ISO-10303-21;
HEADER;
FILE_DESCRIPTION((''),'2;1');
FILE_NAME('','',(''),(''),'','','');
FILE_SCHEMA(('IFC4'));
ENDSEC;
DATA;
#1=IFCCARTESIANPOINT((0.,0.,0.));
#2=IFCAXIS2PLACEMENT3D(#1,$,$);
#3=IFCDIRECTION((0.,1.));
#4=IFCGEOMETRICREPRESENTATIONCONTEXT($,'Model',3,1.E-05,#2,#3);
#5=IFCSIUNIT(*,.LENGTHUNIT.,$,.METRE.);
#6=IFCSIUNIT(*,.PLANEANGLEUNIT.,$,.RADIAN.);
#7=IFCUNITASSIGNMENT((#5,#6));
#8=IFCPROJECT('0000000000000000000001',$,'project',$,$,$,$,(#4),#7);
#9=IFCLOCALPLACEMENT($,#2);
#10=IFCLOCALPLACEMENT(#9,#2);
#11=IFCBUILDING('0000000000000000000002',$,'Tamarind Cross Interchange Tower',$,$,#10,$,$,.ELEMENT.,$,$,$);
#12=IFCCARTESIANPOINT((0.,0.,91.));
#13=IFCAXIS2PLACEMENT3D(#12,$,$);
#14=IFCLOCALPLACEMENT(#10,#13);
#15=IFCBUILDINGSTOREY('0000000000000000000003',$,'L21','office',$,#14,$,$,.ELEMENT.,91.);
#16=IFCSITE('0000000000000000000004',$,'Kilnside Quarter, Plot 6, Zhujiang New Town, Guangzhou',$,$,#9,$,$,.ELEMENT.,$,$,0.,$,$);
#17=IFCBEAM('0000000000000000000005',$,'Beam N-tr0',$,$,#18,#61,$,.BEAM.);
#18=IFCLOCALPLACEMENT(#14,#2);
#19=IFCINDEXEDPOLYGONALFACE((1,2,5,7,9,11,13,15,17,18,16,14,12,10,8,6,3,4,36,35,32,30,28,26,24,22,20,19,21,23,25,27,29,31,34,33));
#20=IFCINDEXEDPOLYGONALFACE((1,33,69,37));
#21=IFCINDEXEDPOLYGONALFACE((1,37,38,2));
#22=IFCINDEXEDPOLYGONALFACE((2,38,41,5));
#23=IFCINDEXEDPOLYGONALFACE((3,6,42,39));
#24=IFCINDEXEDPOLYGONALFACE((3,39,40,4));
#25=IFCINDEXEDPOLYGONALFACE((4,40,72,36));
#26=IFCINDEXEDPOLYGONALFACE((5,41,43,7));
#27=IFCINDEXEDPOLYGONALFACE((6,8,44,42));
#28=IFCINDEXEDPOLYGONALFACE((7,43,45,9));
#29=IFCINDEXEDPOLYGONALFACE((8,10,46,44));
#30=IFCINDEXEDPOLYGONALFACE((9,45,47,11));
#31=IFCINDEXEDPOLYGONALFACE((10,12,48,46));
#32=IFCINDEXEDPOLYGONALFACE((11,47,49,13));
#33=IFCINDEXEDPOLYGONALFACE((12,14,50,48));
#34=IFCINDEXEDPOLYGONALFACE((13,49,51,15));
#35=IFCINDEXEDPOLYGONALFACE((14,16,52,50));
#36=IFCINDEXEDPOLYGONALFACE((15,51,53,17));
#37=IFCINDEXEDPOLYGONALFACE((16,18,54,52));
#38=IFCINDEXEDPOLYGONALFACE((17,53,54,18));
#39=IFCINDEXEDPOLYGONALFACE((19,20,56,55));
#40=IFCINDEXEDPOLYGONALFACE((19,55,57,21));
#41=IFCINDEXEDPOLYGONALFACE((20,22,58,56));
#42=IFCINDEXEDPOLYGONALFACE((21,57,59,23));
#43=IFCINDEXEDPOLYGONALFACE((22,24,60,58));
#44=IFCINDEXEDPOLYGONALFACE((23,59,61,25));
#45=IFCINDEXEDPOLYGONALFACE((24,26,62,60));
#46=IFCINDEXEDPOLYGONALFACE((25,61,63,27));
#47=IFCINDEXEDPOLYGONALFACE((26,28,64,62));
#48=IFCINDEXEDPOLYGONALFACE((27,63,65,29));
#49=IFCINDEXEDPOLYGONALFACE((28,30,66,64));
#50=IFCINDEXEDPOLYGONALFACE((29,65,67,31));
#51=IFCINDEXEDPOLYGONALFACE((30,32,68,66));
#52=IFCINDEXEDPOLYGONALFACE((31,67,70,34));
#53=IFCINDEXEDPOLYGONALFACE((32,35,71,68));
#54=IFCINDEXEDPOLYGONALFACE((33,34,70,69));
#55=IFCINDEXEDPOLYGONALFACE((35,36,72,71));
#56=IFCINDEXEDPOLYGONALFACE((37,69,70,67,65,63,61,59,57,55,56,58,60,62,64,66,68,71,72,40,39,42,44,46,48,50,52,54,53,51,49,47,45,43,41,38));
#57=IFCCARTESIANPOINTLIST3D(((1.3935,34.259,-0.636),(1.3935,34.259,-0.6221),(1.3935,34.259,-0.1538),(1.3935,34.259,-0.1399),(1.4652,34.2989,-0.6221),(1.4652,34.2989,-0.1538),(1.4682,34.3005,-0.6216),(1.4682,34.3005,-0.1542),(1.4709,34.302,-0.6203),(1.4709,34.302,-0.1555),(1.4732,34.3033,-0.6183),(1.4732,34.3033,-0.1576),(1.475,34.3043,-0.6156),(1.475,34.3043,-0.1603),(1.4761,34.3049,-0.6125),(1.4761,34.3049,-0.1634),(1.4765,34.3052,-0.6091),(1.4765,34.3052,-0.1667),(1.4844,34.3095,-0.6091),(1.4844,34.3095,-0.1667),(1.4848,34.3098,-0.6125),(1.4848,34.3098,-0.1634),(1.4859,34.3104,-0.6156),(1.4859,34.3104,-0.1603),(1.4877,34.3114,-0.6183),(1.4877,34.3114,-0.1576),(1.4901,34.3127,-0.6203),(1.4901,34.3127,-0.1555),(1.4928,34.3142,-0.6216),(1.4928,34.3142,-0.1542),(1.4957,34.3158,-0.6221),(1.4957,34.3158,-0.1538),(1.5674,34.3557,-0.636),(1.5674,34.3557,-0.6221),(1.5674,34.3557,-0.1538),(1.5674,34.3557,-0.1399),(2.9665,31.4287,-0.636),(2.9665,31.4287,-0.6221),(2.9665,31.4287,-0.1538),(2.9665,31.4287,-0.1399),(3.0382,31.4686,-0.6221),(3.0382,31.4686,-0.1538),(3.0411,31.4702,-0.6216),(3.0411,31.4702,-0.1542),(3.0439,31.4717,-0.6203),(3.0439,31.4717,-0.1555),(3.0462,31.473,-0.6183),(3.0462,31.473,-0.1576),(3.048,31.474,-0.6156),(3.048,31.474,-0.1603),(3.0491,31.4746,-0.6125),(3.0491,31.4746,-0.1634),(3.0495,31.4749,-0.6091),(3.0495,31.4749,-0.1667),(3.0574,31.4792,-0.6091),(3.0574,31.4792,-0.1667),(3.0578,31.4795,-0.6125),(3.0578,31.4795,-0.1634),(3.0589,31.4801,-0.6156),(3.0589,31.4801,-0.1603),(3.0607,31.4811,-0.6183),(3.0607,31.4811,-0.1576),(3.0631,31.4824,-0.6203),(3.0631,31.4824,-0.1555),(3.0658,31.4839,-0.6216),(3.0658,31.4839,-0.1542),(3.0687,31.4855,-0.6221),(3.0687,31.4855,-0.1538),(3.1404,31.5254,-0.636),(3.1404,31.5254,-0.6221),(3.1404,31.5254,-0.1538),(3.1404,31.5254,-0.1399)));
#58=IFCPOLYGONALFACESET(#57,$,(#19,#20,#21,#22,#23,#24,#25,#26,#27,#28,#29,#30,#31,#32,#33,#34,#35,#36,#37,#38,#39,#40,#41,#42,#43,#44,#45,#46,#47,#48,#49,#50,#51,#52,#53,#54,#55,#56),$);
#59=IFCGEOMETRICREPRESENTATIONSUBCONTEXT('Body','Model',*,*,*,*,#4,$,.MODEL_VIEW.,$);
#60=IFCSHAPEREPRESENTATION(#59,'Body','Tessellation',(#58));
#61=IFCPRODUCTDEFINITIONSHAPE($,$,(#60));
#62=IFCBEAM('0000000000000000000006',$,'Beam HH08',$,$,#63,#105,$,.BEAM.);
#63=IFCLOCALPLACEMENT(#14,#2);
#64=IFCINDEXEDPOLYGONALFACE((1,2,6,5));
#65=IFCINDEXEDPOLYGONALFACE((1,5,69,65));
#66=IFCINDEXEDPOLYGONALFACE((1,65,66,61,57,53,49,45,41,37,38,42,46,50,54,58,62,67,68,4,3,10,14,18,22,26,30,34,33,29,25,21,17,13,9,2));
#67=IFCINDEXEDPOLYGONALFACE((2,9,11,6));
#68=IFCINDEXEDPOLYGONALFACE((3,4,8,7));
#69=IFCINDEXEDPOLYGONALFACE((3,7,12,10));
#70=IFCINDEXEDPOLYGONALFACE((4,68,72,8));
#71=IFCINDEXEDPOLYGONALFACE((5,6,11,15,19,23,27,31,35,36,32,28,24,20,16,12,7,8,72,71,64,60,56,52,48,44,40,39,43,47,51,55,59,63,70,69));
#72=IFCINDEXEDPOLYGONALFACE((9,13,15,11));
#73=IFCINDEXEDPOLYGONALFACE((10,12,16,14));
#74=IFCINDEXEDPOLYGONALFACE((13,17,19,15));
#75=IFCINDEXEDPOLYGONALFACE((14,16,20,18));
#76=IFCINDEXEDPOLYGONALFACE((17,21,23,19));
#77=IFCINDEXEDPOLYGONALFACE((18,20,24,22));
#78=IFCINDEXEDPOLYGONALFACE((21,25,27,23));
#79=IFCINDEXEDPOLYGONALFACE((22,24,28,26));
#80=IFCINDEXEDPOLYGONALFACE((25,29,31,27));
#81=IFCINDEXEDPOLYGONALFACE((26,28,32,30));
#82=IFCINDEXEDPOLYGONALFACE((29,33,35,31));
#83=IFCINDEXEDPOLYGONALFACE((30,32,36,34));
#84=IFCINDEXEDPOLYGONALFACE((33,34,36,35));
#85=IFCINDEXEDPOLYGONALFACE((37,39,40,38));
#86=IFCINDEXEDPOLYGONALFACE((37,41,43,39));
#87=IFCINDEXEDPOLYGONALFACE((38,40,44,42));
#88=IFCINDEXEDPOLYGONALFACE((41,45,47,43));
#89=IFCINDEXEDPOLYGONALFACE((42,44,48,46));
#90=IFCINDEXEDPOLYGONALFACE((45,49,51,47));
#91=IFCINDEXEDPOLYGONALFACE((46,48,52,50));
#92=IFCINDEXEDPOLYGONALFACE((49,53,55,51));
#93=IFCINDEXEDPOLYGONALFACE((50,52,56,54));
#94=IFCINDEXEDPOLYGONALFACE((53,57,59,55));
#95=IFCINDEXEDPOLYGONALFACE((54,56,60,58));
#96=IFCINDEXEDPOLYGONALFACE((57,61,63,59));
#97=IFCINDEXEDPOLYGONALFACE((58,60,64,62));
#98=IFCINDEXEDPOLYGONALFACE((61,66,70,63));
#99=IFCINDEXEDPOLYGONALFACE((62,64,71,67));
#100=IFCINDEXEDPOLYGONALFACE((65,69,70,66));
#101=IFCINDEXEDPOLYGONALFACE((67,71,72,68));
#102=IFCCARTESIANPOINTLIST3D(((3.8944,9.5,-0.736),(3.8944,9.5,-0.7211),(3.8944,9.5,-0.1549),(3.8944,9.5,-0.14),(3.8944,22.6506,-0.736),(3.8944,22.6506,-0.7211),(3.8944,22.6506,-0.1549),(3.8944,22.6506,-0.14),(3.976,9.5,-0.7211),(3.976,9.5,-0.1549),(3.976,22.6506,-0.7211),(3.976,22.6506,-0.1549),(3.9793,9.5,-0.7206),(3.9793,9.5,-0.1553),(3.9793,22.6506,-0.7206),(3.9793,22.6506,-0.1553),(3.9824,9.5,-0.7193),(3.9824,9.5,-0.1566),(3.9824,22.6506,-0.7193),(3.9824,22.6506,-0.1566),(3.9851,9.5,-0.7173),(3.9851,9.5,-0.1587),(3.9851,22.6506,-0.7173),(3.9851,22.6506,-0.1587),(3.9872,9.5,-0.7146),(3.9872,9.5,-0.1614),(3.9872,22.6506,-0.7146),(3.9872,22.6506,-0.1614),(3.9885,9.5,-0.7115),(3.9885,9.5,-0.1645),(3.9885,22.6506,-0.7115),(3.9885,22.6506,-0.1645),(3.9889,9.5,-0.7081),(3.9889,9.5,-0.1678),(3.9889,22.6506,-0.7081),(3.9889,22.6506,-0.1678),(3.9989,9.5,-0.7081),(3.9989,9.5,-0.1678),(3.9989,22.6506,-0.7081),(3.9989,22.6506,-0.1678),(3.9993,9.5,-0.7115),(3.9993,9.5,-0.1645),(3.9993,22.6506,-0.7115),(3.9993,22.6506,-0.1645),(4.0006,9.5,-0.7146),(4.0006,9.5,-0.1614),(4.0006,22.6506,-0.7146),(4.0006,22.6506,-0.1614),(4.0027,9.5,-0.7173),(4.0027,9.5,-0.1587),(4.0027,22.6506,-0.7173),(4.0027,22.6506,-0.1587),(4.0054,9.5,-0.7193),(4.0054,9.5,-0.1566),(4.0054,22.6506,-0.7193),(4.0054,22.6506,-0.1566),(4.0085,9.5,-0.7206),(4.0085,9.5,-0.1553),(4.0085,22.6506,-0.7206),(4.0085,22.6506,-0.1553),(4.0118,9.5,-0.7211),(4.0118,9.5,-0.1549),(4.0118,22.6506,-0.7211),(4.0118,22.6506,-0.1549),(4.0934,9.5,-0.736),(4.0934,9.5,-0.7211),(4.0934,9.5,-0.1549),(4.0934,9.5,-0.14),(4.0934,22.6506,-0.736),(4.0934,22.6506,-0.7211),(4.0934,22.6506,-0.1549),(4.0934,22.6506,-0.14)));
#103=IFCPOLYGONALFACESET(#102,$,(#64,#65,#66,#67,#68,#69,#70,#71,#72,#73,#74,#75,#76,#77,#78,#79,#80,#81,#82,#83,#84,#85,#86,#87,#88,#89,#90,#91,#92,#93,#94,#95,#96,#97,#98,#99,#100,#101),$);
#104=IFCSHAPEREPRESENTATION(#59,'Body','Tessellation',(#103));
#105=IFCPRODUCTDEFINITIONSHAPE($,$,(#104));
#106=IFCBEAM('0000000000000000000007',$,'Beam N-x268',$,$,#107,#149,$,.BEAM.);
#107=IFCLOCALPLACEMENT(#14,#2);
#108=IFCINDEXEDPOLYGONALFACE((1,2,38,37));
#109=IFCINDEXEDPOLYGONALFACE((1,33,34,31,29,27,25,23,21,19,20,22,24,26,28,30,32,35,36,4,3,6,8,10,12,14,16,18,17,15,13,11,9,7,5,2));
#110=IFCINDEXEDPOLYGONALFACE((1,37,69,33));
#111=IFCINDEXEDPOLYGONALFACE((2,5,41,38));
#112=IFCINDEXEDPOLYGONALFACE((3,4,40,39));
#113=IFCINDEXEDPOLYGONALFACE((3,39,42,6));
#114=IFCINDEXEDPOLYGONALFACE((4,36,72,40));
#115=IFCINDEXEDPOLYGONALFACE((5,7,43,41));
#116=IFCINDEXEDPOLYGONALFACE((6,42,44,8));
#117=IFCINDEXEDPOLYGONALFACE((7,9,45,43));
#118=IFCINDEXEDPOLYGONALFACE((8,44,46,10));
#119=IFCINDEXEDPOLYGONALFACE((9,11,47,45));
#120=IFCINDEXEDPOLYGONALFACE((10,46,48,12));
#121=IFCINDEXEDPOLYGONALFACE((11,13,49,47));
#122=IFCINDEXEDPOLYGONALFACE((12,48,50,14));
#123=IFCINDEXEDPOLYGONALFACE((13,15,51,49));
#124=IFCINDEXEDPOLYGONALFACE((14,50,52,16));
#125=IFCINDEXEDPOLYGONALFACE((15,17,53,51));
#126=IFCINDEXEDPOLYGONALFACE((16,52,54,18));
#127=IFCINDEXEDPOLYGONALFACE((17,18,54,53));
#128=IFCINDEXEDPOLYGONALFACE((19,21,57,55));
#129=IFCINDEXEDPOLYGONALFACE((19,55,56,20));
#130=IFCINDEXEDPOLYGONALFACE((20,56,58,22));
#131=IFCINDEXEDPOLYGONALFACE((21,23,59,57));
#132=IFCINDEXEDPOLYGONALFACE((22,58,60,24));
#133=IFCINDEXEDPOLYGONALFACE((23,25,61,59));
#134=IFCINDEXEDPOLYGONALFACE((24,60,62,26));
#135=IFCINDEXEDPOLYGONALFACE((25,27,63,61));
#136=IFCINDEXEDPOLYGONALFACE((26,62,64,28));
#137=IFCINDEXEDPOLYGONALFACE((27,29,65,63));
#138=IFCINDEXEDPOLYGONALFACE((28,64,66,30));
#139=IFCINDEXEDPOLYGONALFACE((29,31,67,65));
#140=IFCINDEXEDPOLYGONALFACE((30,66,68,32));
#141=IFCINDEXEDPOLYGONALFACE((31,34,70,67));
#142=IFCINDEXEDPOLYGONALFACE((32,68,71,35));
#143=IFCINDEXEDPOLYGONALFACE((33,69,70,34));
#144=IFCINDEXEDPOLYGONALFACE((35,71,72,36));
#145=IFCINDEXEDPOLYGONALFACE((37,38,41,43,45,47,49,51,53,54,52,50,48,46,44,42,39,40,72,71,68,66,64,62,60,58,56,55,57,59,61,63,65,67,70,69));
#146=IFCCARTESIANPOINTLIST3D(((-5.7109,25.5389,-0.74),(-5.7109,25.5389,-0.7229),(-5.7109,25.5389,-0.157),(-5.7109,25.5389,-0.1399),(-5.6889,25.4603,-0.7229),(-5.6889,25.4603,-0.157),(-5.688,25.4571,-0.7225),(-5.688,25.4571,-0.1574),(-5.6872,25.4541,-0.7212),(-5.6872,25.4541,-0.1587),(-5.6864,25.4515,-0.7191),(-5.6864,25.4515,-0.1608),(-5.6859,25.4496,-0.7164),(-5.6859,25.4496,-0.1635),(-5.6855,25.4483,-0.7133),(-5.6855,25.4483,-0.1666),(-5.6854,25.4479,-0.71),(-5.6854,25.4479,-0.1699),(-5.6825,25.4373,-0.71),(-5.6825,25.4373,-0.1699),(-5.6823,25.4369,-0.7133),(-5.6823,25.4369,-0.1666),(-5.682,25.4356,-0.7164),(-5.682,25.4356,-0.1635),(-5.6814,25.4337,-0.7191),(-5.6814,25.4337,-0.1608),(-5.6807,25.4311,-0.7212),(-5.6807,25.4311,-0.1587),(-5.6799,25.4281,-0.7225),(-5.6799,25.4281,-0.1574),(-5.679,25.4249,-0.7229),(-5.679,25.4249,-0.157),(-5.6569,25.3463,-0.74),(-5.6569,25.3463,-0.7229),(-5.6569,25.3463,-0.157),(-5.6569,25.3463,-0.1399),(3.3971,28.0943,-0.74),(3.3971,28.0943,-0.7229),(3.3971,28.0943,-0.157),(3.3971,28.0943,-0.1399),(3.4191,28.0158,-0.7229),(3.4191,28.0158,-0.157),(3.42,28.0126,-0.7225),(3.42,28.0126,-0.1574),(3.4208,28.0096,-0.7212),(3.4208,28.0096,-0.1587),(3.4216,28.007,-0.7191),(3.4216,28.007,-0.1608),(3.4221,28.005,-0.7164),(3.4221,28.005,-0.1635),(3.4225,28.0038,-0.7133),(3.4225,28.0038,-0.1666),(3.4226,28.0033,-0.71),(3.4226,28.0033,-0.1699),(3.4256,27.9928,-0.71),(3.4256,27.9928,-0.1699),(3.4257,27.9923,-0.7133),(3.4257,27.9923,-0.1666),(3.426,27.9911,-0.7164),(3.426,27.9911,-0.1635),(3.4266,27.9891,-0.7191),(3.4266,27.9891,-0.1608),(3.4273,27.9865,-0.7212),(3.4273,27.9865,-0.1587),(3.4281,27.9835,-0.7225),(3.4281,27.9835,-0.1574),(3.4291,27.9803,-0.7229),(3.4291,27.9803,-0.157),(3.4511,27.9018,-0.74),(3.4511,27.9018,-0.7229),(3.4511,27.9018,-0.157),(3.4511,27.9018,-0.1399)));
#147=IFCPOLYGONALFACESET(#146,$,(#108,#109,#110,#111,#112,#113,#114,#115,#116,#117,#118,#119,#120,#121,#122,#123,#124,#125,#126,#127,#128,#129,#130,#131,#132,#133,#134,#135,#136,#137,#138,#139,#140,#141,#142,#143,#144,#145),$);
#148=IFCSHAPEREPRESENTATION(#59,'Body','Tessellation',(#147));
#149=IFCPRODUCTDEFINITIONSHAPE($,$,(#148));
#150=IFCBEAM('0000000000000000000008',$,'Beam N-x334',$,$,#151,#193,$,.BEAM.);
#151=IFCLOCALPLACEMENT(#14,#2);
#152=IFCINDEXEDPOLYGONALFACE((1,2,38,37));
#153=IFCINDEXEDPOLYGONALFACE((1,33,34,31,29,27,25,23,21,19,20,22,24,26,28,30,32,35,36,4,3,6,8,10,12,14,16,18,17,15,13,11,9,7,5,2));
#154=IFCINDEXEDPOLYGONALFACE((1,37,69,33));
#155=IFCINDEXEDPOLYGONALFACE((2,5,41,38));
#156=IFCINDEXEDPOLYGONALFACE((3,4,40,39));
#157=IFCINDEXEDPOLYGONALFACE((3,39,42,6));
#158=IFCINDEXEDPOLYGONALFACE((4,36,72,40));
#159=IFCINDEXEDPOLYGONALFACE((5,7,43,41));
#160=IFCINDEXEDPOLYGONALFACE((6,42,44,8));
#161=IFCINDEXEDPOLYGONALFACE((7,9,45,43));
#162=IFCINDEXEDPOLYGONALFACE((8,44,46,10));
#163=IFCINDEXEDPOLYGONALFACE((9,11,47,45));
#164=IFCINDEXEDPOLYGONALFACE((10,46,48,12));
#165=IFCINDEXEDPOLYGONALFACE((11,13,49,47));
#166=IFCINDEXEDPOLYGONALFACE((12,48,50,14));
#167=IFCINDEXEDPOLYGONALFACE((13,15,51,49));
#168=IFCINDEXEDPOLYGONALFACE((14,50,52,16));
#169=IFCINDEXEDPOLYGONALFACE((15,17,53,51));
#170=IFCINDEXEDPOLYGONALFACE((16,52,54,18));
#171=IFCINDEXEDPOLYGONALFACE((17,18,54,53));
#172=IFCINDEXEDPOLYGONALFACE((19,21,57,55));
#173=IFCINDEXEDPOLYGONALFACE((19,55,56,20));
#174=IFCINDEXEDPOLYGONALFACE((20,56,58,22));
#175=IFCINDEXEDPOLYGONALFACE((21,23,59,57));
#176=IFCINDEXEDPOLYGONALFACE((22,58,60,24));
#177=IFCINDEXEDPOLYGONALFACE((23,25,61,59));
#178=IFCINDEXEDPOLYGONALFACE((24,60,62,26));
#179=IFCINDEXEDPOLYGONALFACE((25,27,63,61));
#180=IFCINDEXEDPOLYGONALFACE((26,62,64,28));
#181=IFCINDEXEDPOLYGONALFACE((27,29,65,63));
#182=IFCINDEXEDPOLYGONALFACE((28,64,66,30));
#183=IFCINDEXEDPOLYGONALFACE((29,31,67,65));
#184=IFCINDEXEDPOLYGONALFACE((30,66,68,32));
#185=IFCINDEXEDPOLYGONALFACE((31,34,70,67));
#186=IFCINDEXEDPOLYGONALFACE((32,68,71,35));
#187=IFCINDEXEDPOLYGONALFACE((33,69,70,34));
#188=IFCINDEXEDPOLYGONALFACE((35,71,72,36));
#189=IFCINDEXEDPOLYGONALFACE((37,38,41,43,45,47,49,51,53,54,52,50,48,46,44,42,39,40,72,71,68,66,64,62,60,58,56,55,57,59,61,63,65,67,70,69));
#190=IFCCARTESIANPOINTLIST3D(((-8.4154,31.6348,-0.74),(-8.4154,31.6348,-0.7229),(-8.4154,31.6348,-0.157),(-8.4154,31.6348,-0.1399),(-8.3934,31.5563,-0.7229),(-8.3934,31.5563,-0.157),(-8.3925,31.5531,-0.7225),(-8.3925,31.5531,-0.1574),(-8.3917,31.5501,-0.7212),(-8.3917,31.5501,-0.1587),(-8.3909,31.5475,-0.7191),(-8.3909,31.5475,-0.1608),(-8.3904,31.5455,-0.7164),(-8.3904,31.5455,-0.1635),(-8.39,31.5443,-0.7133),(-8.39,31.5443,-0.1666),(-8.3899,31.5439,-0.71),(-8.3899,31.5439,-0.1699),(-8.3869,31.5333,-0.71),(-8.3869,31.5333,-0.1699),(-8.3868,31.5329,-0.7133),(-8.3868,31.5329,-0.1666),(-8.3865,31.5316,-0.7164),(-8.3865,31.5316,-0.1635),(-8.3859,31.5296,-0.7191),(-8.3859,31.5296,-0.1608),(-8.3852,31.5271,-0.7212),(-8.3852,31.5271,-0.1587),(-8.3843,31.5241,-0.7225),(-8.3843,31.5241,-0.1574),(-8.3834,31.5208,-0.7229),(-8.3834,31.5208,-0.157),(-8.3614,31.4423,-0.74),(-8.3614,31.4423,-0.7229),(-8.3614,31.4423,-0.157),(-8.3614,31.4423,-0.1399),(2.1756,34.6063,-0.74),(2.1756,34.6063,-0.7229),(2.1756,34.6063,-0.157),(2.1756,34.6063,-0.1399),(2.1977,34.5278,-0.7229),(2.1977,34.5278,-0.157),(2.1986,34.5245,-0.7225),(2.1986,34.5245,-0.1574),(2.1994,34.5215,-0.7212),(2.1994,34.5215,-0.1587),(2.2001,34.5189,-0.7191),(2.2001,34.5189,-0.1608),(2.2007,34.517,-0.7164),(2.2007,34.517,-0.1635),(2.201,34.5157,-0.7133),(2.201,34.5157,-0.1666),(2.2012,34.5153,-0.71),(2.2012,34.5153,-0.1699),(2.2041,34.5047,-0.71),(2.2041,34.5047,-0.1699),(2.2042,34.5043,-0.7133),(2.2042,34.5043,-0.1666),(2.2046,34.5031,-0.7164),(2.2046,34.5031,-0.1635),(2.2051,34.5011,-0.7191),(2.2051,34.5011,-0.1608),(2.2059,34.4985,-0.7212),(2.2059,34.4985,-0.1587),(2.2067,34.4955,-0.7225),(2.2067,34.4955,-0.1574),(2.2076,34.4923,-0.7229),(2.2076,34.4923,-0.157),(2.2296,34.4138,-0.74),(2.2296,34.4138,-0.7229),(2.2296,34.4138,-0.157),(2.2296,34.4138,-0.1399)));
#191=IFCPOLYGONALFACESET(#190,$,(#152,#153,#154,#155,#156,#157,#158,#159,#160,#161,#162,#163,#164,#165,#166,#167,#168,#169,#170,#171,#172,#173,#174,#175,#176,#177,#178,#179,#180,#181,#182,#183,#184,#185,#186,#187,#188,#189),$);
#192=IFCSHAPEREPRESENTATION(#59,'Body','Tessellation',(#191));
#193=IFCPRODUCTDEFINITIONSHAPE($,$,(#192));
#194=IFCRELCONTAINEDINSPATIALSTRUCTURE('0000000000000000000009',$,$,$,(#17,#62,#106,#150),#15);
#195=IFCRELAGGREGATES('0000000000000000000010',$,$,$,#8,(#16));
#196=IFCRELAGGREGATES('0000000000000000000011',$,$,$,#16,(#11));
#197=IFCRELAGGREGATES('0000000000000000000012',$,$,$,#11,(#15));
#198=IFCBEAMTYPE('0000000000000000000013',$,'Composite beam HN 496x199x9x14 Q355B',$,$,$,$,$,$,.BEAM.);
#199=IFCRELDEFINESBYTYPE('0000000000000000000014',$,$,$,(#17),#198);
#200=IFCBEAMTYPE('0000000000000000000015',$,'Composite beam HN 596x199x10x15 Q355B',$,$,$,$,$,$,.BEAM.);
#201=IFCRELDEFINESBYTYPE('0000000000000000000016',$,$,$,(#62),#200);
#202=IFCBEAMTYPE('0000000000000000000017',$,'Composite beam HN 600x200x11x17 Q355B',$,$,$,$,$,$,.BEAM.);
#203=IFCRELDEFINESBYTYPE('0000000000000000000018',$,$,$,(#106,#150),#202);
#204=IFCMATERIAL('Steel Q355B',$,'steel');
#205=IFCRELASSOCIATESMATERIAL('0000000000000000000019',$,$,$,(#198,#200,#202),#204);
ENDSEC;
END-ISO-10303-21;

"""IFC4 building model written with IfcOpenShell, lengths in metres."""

from ifc_helpers import new_model, si_unit, direction, frame, origin, origin_2d, place, context, subcontext, project, spatial, i_section, extrude, material, material_profile, profile_set, type_object, element, save


model = new_model("IFC4")

# Units and contexts
model_context = context("Model", 3, precision=1e-05, world=origin(), true_north=direction((0.0, 1.0)))
body_context = subcontext(model_context, "Body", "Model", "MODEL_VIEW")
ifc_project = project(units=[si_unit("LENGTHUNIT", "METRE"), si_unit("PLANEANGLEUNIT", "RADIAN")], contexts=[model_context])

# Site, building, storey
site_placement = place(None, origin())
site = spatial("IfcSite", under=ifc_project, at=site_placement, Name="Kilnside Quarter, Plot 6, Zhujiang New Town, Guangzhou", CompositionType="ELEMENT", RefElevation=0.0)
building_placement = place(site_placement, origin())
building = spatial("IfcBuilding", under=site, at=building_placement, Name="Tamarind Cross Interchange Tower", CompositionType="ELEMENT")
storey_placement = place(building_placement, frame((0.0, 0.0, 91.0)))
storey = spatial("IfcBuildingStorey", under=building, at=storey_placement, Name="L21", Description="office", CompositionType="ELEMENT", Elevation=91.0)

# Beams
ifc_material_1 = material(Name="Steel Q355B", Category="steel")
ifc_material_profile_1 = material_profile(ifc_material_1, i_section(OverallWidth=0.199, OverallDepth=0.4961, WebThickness=0.009, FlangeThickness=0.0139, FilletRadius=0.0129, at=origin_2d()), Name="HN 496x199x9x14")
ifc_profile_set_1 = profile_set([ifc_material_profile_1], Name="Steel Q355B")
beam_type_1 = type_object("IfcBeamType", Name="Composite beam HN 496x199x9x14 Q355B", PredefinedType="BEAM", material=ifc_profile_set_1)
beam_1_placement = place(storey_placement, frame((3.0535, 31.4771, -0.3879), z_axis=(-0.485784, 0.874079, 0.0), x_axis=(-0.874079, -0.485784, 0.0)))
element("IfcBeam", 1, at=beam_1_placement, inside=storey, type_object=beam_type_1, Name="Beam N-tr0", PredefinedType="BEAM", context=body_context, shape_type="SweptSolid", body=[
    extrude(i_section(OverallWidth=0.199, OverallDepth=0.4961, WebThickness=0.009, FlangeThickness=0.0139, FilletRadius=0.0129, at=origin_2d()), origin(), (0.0, 0.0, 1.0), 3.238),
])
ifc_material_profile_2 = material_profile(ifc_material_1, i_section(OverallWidth=0.199, OverallDepth=0.5959, WebThickness=0.01, FlangeThickness=0.0149, FilletRadius=0.0129, at=origin_2d()), Name="HN 596x199x10x15")
ifc_profile_set_2 = profile_set([ifc_material_profile_2], Name="Steel Q355B")
beam_type_2 = type_object("IfcBeamType", Name="Composite beam HN 596x199x10x15 Q355B", PredefinedType="BEAM", material=ifc_profile_set_2)
beam_2_placement = place(storey_placement, frame((3.9939, 22.6506, -0.438), z_axis=(0.0, -1.0, 0.0), x_axis=(1.0, 0.0, 0.0)))
element("IfcBeam", 2, at=beam_2_placement, inside=storey, type_object=beam_type_2, Name="Beam HH08", PredefinedType="BEAM", context=body_context, shape_type="SweptSolid", body=[
    extrude(i_section(OverallWidth=0.199, OverallDepth=0.5959, WebThickness=0.01, FlangeThickness=0.0149, FilletRadius=0.0129, at=origin_2d()), origin(), (0.0, 0.0, 1.0), 13.1506),
])
ifc_material_profile_3 = material_profile(ifc_material_1, i_section(OverallWidth=0.2, OverallDepth=0.6001, WebThickness=0.011, FlangeThickness=0.0171, FilletRadius=0.0129, at=origin_2d()), Name="HN 600x200x11x17")
ifc_profile_set_3 = profile_set([ifc_material_profile_3], Name="Steel Q355B")
beam_type_3 = type_object("IfcBeamType", Name="Composite beam HN 600x200x11x17 Q355B", PredefinedType="BEAM", material=ifc_profile_set_3)
beam_3_placement = place(storey_placement, frame((3.4241, 27.998, -0.4399), z_axis=(-0.962821, -0.27014, 0.0), x_axis=(0.27014, -0.962821, 0.0)))
element("IfcBeam", 3, at=beam_3_placement, inside=storey, type_object=beam_type_3, Name="Beam N-x268", PredefinedType="BEAM", context=body_context, shape_type="SweptSolid", body=[
    extrude(i_section(OverallWidth=0.2, OverallDepth=0.6001, WebThickness=0.011, FlangeThickness=0.0171, FilletRadius=0.0129, at=origin_2d()), origin(), (0.0, 0.0, 1.0), 9.4597),
])
for number, where, z_axis, x_axis, name in (
    (4, (2.2026, 34.51, -0.4399), (-0.962824, -0.27013, 0.0), (0.27013, -0.962824, 0.0), "Beam N-x334"),
):
    element("IfcBeam", number, at=place(storey_placement, frame(where, z_axis=z_axis, x_axis=x_axis)), inside=storey, type_object=beam_type_3, Name=name, PredefinedType="BEAM", context=body_context, shape_type="SweptSolid", body=[
        extrude(i_section(OverallWidth=0.2, OverallDepth=0.6001, WebThickness=0.011, FlangeThickness=0.0171, FilletRadius=0.0129, at=origin_2d()), origin(), (0.0, 0.0, 1.0), 11.0),
    ])

save(model, "model.ifc")
